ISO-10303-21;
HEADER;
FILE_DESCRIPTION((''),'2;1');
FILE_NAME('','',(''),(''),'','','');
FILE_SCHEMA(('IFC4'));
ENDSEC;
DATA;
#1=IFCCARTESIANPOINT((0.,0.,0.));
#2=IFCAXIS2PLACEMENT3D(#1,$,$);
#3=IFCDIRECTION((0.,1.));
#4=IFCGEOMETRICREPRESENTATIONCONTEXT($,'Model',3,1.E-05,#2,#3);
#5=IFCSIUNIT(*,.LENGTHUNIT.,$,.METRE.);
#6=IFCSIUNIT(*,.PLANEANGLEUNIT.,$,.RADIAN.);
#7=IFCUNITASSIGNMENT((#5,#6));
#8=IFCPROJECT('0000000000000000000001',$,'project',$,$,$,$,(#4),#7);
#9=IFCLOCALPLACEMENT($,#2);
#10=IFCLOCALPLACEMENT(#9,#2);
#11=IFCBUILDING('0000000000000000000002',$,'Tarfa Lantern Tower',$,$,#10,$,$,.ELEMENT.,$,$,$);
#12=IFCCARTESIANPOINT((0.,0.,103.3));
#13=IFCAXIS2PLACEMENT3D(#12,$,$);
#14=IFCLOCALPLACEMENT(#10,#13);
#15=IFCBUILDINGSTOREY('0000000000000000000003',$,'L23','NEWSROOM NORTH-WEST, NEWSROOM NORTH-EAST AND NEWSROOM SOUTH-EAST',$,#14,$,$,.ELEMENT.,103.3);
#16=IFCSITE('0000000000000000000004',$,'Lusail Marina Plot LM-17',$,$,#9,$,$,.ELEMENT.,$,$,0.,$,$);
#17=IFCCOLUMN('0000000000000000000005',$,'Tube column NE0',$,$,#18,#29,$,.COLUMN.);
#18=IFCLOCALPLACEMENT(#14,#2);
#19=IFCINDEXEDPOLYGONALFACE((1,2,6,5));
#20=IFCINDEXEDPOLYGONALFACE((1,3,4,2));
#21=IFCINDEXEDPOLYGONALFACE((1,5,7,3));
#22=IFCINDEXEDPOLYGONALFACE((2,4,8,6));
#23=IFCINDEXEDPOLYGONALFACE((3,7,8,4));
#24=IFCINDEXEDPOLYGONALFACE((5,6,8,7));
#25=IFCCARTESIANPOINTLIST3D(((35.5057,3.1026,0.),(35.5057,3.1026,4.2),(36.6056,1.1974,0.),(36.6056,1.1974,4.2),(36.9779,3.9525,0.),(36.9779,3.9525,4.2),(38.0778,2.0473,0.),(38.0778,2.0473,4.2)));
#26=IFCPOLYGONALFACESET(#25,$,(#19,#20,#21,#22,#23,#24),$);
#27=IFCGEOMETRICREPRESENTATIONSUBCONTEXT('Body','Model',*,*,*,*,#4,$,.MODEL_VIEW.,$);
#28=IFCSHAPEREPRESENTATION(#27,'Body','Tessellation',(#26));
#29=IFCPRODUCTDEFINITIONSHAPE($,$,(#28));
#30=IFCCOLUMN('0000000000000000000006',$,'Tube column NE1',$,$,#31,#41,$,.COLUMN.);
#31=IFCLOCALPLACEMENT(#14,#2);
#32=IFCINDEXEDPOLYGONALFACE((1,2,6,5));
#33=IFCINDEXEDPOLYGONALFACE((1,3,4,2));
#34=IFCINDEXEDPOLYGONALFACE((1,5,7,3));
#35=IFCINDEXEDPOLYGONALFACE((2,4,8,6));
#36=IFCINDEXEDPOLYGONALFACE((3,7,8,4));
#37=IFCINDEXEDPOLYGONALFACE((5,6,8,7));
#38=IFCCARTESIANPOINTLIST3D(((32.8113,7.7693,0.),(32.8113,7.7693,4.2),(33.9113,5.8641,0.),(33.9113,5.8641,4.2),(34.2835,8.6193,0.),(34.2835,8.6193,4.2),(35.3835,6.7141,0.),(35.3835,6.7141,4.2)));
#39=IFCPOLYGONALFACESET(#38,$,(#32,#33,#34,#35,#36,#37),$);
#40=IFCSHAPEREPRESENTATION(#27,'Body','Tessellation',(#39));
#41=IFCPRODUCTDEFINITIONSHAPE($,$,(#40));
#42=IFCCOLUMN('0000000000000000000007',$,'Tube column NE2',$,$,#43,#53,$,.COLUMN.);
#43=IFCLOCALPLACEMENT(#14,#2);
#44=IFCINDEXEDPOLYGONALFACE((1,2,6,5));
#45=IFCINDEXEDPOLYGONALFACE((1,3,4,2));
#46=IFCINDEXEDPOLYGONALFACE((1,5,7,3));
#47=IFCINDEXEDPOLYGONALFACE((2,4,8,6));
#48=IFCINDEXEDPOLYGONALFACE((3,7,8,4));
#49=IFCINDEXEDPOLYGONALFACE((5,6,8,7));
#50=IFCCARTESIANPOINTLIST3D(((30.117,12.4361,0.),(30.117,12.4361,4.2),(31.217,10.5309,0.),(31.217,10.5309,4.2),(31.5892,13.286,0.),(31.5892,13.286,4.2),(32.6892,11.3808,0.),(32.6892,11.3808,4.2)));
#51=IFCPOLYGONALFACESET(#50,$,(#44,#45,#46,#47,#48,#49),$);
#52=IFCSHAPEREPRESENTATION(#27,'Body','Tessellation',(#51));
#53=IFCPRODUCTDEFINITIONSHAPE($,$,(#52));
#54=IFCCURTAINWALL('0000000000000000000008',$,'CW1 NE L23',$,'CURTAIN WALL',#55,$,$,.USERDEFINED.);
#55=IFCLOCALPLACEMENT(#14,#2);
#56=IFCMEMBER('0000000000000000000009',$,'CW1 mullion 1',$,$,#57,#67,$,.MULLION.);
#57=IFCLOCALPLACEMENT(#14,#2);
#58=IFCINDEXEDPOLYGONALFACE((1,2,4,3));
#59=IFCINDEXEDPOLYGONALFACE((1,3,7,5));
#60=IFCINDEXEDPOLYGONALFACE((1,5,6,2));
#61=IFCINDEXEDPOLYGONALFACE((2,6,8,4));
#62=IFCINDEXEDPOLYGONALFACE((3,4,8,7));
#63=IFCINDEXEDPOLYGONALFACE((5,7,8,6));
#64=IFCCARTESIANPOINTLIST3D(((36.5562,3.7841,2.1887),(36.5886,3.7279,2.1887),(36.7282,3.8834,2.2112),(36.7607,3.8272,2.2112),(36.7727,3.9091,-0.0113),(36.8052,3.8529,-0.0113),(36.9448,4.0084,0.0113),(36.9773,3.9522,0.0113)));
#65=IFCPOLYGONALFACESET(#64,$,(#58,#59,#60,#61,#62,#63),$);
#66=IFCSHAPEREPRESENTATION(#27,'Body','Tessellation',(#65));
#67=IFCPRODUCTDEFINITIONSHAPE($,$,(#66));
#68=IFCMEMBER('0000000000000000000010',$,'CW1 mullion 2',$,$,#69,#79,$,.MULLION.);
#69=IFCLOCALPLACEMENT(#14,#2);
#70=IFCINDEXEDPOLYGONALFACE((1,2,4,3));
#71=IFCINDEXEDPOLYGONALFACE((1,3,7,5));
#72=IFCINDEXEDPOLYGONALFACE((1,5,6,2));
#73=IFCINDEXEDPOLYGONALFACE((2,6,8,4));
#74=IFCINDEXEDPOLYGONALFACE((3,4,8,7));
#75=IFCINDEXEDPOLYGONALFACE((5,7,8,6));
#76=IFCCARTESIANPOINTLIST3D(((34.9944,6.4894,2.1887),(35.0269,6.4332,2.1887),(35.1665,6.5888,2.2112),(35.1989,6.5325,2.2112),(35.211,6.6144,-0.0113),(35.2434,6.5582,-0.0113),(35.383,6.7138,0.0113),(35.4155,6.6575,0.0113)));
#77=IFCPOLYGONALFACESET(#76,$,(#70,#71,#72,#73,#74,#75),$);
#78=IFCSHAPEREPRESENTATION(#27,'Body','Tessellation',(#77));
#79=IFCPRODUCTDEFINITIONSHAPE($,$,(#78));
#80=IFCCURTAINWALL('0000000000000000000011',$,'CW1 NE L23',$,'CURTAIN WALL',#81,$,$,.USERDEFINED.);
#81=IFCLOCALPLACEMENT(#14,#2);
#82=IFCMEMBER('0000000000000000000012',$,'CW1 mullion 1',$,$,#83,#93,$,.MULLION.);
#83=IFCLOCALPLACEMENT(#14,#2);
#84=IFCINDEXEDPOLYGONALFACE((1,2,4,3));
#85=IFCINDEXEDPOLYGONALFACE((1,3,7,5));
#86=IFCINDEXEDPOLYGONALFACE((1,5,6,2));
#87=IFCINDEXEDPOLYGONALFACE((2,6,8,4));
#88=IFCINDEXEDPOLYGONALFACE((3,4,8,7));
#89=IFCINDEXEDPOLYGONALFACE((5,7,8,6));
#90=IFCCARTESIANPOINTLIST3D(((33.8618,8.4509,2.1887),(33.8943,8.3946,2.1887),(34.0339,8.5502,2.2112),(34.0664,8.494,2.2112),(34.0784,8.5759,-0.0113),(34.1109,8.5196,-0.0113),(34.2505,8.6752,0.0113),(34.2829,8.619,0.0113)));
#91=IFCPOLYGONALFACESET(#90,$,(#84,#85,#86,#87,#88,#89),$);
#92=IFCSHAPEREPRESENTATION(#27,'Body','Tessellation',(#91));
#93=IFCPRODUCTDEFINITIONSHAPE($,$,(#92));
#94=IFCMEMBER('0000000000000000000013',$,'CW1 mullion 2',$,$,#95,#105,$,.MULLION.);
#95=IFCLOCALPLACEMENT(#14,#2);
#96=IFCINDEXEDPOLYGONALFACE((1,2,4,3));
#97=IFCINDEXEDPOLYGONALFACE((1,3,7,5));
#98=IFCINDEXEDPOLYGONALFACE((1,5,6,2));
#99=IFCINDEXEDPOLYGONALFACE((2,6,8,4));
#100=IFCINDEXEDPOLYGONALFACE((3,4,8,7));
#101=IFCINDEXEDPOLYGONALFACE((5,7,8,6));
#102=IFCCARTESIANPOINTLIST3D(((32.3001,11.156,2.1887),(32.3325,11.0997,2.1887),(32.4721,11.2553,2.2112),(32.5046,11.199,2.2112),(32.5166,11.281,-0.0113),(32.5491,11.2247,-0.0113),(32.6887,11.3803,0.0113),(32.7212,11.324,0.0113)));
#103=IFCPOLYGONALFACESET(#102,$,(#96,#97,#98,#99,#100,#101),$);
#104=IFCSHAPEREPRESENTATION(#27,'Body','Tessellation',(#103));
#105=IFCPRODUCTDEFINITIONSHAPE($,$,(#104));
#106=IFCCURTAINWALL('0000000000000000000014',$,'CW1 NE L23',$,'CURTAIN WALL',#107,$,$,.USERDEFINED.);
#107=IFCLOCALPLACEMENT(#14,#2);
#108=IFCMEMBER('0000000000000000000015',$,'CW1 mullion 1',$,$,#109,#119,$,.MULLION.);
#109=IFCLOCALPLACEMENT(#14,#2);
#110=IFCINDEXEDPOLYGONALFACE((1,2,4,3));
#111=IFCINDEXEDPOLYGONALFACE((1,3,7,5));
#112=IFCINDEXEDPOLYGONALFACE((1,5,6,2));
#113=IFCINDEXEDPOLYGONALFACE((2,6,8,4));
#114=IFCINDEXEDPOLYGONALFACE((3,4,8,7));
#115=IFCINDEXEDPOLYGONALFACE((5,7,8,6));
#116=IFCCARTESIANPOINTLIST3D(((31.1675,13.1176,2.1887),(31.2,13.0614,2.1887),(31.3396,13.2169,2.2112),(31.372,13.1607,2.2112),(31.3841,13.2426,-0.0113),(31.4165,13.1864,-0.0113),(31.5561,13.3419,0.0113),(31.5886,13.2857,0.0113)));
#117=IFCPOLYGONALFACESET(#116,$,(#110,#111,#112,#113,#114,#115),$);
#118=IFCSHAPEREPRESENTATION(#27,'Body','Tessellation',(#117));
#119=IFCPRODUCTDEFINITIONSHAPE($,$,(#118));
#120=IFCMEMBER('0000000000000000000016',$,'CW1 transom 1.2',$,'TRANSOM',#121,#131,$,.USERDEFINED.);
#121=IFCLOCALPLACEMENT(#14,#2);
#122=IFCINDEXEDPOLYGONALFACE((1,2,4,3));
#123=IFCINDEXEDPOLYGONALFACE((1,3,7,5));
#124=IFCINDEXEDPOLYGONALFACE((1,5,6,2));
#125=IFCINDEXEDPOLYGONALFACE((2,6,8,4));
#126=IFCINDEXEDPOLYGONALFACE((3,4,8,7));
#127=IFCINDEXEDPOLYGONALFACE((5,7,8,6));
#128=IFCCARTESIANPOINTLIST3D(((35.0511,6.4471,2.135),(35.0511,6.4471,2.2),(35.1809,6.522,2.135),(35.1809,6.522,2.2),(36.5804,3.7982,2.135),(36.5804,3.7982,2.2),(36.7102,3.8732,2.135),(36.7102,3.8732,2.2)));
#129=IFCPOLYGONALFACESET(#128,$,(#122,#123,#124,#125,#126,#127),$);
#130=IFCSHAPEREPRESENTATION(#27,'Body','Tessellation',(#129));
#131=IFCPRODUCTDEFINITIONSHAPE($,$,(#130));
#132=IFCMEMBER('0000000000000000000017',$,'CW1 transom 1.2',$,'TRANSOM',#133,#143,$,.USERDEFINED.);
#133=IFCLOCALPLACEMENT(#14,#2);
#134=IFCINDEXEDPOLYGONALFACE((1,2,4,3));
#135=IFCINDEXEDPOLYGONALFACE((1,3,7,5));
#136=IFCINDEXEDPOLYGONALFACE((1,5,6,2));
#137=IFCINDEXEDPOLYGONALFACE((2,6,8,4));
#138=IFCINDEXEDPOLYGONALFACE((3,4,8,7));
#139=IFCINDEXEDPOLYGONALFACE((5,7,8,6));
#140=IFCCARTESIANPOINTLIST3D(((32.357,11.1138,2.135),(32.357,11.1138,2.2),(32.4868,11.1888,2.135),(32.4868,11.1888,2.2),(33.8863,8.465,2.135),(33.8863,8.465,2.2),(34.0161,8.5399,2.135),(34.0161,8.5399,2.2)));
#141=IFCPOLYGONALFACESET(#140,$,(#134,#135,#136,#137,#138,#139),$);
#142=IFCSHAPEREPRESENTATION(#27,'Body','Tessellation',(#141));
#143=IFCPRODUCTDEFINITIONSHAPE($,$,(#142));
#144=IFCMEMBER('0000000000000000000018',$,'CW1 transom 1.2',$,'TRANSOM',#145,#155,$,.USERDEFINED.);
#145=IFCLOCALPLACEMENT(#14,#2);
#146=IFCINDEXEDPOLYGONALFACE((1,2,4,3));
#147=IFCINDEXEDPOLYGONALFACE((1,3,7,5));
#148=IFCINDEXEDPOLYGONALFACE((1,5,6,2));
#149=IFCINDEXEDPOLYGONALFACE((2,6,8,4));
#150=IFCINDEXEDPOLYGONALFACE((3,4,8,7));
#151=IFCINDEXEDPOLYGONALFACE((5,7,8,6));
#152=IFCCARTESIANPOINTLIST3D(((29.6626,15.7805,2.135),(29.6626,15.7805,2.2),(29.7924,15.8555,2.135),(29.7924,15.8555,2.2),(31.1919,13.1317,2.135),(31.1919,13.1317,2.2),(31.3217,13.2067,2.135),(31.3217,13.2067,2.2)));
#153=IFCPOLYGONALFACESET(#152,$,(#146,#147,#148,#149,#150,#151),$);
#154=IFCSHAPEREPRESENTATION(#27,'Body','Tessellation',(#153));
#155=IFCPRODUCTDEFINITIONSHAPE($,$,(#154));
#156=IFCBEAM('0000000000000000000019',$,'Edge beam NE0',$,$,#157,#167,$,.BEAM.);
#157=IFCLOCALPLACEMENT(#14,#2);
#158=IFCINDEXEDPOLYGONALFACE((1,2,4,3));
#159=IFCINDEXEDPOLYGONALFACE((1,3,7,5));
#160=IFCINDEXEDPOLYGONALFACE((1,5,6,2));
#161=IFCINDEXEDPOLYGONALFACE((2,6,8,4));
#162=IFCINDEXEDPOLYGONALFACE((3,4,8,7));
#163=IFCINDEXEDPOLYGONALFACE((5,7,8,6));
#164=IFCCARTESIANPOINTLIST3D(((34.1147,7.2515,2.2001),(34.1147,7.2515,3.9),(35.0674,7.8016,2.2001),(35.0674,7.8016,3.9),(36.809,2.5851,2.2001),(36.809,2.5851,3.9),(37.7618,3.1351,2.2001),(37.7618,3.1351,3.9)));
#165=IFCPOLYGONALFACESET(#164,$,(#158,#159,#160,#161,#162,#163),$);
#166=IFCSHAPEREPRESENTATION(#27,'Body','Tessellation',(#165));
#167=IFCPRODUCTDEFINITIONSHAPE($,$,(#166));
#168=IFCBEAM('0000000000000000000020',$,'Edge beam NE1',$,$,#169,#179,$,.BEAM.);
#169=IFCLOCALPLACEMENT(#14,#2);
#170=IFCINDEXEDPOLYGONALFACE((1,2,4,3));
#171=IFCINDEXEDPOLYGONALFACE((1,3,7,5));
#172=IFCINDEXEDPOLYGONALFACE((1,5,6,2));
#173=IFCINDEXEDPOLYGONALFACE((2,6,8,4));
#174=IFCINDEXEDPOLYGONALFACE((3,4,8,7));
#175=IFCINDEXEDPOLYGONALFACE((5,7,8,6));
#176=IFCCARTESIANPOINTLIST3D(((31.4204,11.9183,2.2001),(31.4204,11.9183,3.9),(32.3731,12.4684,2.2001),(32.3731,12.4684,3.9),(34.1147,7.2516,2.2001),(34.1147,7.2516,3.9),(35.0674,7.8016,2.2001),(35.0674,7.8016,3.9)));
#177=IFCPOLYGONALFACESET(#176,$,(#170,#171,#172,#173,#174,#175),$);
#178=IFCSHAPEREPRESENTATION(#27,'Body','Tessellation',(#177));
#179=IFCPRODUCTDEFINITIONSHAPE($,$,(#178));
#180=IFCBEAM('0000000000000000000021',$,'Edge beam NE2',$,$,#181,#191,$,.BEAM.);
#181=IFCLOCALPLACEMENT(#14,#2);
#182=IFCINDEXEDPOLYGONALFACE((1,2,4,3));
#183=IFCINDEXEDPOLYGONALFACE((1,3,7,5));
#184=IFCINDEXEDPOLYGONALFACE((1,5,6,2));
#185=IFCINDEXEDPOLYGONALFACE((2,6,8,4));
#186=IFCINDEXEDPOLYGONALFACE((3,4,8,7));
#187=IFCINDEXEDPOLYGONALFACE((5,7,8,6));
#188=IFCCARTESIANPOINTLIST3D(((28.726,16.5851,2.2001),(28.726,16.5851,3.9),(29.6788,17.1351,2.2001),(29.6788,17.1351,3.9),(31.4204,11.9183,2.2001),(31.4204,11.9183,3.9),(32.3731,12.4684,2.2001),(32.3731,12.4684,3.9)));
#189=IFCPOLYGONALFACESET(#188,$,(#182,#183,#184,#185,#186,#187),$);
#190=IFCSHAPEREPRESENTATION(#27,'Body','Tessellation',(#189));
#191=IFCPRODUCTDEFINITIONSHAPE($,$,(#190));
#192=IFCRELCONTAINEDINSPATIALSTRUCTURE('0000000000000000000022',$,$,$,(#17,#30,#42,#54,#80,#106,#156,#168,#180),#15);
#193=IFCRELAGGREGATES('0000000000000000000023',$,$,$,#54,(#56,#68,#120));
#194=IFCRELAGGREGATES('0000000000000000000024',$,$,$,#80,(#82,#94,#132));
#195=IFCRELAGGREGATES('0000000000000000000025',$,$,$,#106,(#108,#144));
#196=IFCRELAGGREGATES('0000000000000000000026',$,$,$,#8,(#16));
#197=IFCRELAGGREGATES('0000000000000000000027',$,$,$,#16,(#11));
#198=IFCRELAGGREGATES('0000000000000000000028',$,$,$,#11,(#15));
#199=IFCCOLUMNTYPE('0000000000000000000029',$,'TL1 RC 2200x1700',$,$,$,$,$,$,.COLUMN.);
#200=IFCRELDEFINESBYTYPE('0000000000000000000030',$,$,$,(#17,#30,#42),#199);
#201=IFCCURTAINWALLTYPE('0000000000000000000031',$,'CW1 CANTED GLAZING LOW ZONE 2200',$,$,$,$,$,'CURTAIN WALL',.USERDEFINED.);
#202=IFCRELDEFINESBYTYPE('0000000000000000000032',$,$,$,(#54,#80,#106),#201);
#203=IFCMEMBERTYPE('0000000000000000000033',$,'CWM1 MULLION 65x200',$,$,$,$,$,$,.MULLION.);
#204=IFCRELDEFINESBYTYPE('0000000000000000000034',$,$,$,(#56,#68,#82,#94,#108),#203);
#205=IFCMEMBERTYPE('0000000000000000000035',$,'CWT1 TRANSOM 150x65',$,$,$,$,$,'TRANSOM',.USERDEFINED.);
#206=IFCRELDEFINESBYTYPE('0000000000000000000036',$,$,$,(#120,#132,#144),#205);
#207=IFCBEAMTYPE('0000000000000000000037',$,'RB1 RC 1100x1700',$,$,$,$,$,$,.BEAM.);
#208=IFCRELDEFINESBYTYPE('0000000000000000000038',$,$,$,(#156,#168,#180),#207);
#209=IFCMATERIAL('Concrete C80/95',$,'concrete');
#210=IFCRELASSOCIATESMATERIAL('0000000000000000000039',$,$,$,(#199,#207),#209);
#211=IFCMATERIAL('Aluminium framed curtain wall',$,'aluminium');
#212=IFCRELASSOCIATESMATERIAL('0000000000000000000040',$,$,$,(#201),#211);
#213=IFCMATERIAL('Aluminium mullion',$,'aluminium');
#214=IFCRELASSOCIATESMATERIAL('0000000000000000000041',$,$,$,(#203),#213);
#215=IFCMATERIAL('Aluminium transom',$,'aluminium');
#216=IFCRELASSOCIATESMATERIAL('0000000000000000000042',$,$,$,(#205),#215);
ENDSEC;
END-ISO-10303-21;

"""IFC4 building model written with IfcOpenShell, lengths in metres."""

from ifc_helpers import new_model, si_unit, direction, frame, origin, origin_2d, place, context, subcontext, project, spatial, rectangle, extrude, material, material_profile, profile_set, type_object, element, aggregate, save


model = new_model("IFC4")

# Units and contexts
model_context = context("Model", 3, precision=1e-05, world=origin(), true_north=direction((0.0, 1.0)))
body_context = subcontext(model_context, "Body", "Model", "MODEL_VIEW")
ifc_project = project(units=[si_unit("LENGTHUNIT", "METRE"), si_unit("PLANEANGLEUNIT", "RADIAN")], contexts=[model_context])

# Site, building, storey
site_placement = place(None, origin())
site = spatial("IfcSite", under=ifc_project, at=site_placement, Name="Lusail Marina Plot LM-17", CompositionType="ELEMENT", RefElevation=0.0)
building_placement = place(site_placement, origin())
building = spatial("IfcBuilding", under=site, at=building_placement, Name="Tarfa Lantern Tower", CompositionType="ELEMENT")
storey_placement = place(building_placement, frame((0.0, 0.0, 103.3)))
storey = spatial("IfcBuildingStorey", under=building, at=storey_placement, Name="L23", Description="NEWSROOM NORTH-WEST, NEWSROOM NORTH-EAST AND NEWSROOM SOUTH-EAST", CompositionType="ELEMENT", Elevation=103.3)

# Columns
ifc_material_1 = material(Name="Concrete C80/95", Category="concrete")
ifc_material_profile_1 = material_profile(ifc_material_1, rectangle(XDim=2.2, YDim=1.7, at=origin_2d()), Name="RC 2200x1700")
ifc_profile_set_1 = profile_set([ifc_material_profile_1], Name="Concrete C80/95")
column_type = type_object("IfcColumnType", Name="TL1 RC 2200x1700", PredefinedType="COLUMN", material=ifc_profile_set_1)
for number, where, z_axis, x_axis, name in (
    (1, (36.7917, 2.575, 0.0), (0.0, 0.0, 1.0), (-0.5, 0.866025, 0.0), "Tube column NE0"),
    (2, (34.0974, 7.2417, 0.0), (0.0, 0.0, 1.0), (-0.5, 0.866025, 0.0), "Tube column NE1"),
    (3, (31.4031, 11.9084, 0.0), (0.0, 0.0, 1.0), (-0.5, 0.866025, 0.0), "Tube column NE2"),
):
    element("IfcColumn", number, at=place(storey_placement, frame(where, z_axis=z_axis, x_axis=x_axis)), inside=storey, type_object=column_type, Name=name, PredefinedType="COLUMN", context=body_context, shape_type="SweptSolid", body=[
        extrude(rectangle(XDim=2.2, YDim=1.7, at=origin_2d()), origin(), (0.0, 0.0, 1.0), 4.2),
    ])

# Curtain walls, members
ifc_material_2 = material(Name="Aluminium framed curtain wall", Category="aluminium")
curtain_wall_type = type_object("IfcCurtainWallType", Name="CW1 CANTED GLAZING LOW ZONE 2200", ElementType="CURTAIN WALL", PredefinedType="USERDEFINED", material=ifc_material_2)
curtain_wall_1_placement = place(storey_placement, origin())
curtain_wall_1 = element("IfcCurtainWall", 4, at=curtain_wall_1_placement, inside=storey, type_object=curtain_wall_type, Name="CW1 NE L23", ObjectType="CURTAIN WALL", PredefinedType="USERDEFINED")
ifc_material_3 = material(Name="Aluminium mullion", Category="aluminium")
ifc_material_profile_2 = material_profile(ifc_material_3, rectangle(XDim=0.0649, YDim=0.2, at=origin_2d()), Name="AL MULLION 65x200")
ifc_profile_set_2 = profile_set([ifc_material_profile_2], Name="Aluminium mullion")
member_type_1 = type_object("IfcMemberType", Name="CWM1 MULLION 65x200", PredefinedType="MULLION", material=ifc_profile_set_2)
member_1_placement = place(storey_placement, frame((36.875, 3.9307, 0.0), z_axis=(-0.097806, -0.056456, 0.993603), x_axis=(0.49992, -0.866072, 0.0)))
member_1 = element("IfcMember", 5, at=member_1_placement, type_object=member_type_1, Name="CW1 mullion 1", PredefinedType="MULLION", context=body_context, shape_type="SweptSolid", body=[
    extrude(rectangle(XDim=0.0649, YDim=0.2, at=origin_2d()), origin(), (0.0, 0.0, 1.0), 2.2141),
])
member_2_placement = place(storey_placement, frame((35.3132, 6.636, 0.0), z_axis=(-0.097806, -0.056456, 0.993603), x_axis=(0.49992, -0.866072, 0.0)))
member_2 = element("IfcMember", 6, at=member_2_placement, type_object=member_type_1, Name="CW1 mullion 2", PredefinedType="MULLION", context=body_context, shape_type="SweptSolid", body=[
    extrude(rectangle(XDim=0.0649, YDim=0.2, at=origin_2d()), origin(), (0.0, 0.0, 1.0), 2.2141),
])
curtain_wall_2_placement = place(storey_placement, origin())
curtain_wall_2 = element("IfcCurtainWall", 7, at=curtain_wall_2_placement, inside=storey, type_object=curtain_wall_type, Name="CW1 NE L23", ObjectType="CURTAIN WALL", PredefinedType="USERDEFINED")
member_3_placement = place(storey_placement, frame((34.1807, 8.5974, 0.0), z_axis=(-0.097806, -0.056456, 0.993603), x_axis=(0.49992, -0.866072, 0.0)))
member_3 = element("IfcMember", 8, at=member_3_placement, type_object=member_type_1, Name="CW1 mullion 1", PredefinedType="MULLION", context=body_context, shape_type="SweptSolid", body=[
    extrude(rectangle(XDim=0.0649, YDim=0.2, at=origin_2d()), origin(), (0.0, 0.0, 1.0), 2.2141),
])
member_4_placement = place(storey_placement, frame((32.6189, 11.3025, 0.0), z_axis=(-0.097806, -0.056456, 0.993603), x_axis=(0.49992, -0.866072, 0.0)))
member_4 = element("IfcMember", 9, at=member_4_placement, type_object=member_type_1, Name="CW1 mullion 2", PredefinedType="MULLION", context=body_context, shape_type="SweptSolid", body=[
    extrude(rectangle(XDim=0.0649, YDim=0.2, at=origin_2d()), origin(), (0.0, 0.0, 1.0), 2.2141),
])

# Curtain wall, member
curtain_wall_3_placement = place(storey_placement, origin())
curtain_wall_3 = element("IfcCurtainWall", 10, at=curtain_wall_3_placement, inside=storey, type_object=curtain_wall_type, Name="CW1 NE L23", ObjectType="CURTAIN WALL", PredefinedType="USERDEFINED")
member_5_placement = place(storey_placement, frame((31.4863, 13.2642, 0.0), z_axis=(-0.097806, -0.056456, 0.993603), x_axis=(0.49992, -0.866072, 0.0)))
member_5 = element("IfcMember", 11, at=member_5_placement, type_object=member_type_1, Name="CW1 mullion 1", PredefinedType="MULLION", context=body_context, shape_type="SweptSolid", body=[
    extrude(rectangle(XDim=0.0649, YDim=0.2, at=origin_2d()), origin(), (0.0, 0.0, 1.0), 2.2141),
])

# Members
ifc_material_4 = material(Name="Aluminium transom", Category="aluminium")
ifc_material_profile_3 = material_profile(ifc_material_4, rectangle(XDim=0.1499, YDim=0.0649, at=origin_2d()), Name="AL TRANSOM 150x65")
ifc_profile_set_3 = profile_set([ifc_material_profile_3], Name="Aluminium transom")
member_type_2 = type_object("IfcMemberType", Name="CWT1 TRANSOM 150x65", ElementType="TRANSOM", PredefinedType="USERDEFINED", material=ifc_profile_set_3)
member_6_placement = place(storey_placement, frame((36.6453, 3.8357, 2.1675), z_axis=(-0.499985, 0.866034, 0.0), x_axis=(-0.866034, -0.499985, 0.0)))
member_6 = element("IfcMember", 12, at=member_6_placement, type_object=member_type_2, Name="CW1 transom 1.2", ObjectType="TRANSOM", PredefinedType="USERDEFINED", context=body_context, shape_type="SweptSolid", body=[
    extrude(rectangle(XDim=0.1499, YDim=0.0649, at=origin_2d()), origin(), (0.0, 0.0, 1.0), 3.0586),
])
member_7_placement = place(storey_placement, frame((33.9512, 8.5024, 2.1675), z_axis=(-0.499985, 0.866034, 0.0), x_axis=(-0.866034, -0.499985, 0.0)))
member_7 = element("IfcMember", 13, at=member_7_placement, type_object=member_type_2, Name="CW1 transom 1.2", ObjectType="TRANSOM", PredefinedType="USERDEFINED", context=body_context, shape_type="SweptSolid", body=[
    extrude(rectangle(XDim=0.1499, YDim=0.0649, at=origin_2d()), origin(), (0.0, 0.0, 1.0), 3.0586),
])
member_8_placement = place(storey_placement, frame((31.2568, 13.1692, 2.1675), z_axis=(-0.50002, 0.866014, 0.0), x_axis=(-0.866014, -0.50002, 0.0)))
member_8 = element("IfcMember", 14, at=member_8_placement, type_object=member_type_2, Name="CW1 transom 1.2", ObjectType="TRANSOM", PredefinedType="USERDEFINED", context=body_context, shape_type="SweptSolid", body=[
    extrude(rectangle(XDim=0.1499, YDim=0.0649, at=origin_2d()), origin(), (0.0, 0.0, 1.0), 3.0586),
])

# Beams
ifc_material_profile_4 = material_profile(ifc_material_1, rectangle(XDim=1.1001, YDim=1.7, at=origin_2d()), Name="RC 1100x1700")
ifc_profile_set_4 = profile_set([ifc_material_profile_4], Name="Concrete C80/95")
beam_type_1 = type_object("IfcBeamType", Name="RB1 RC 1100x1700", PredefinedType="BEAM", material=ifc_profile_set_4)
beam_1_placement = place(storey_placement, frame((37.2854, 2.8601, 3.05), z_axis=(-0.500018, 0.866015, 0.0), x_axis=(-0.866015, -0.500018, 0.0)))
element("IfcBeam", 15, at=beam_1_placement, inside=storey, type_object=beam_type_1, Name="Edge beam NE0", PredefinedType="BEAM", context=body_context, shape_type="SweptSolid", body=[
    extrude(rectangle(XDim=1.1001, YDim=1.7, at=origin_2d()), origin(), (0.0, 0.0, 1.0), 5.3884),
])
for number, where, z_axis, x_axis, name in (
    (16, (34.5911, 7.5266, 3.05), (-0.499998, 0.866026, 0.0), (-0.866026, -0.499998, 0.0), "Edge beam NE1"),
    (17, (31.8967, 12.1934, 3.05), (-0.499998, 0.866026, 0.0), (-0.866026, -0.499998, 0.0), "Edge beam NE2"),
):
    element("IfcBeam", number, at=place(storey_placement, frame(where, z_axis=z_axis, x_axis=x_axis)), inside=storey, type_object=beam_type_1, Name=name, PredefinedType="BEAM", context=body_context, shape_type="SweptSolid", body=[
        extrude(rectangle(XDim=1.1001, YDim=1.7, at=origin_2d()), origin(), (0.0, 0.0, 1.0), 5.3887),
    ])

aggregate(curtain_wall_1, [member_1, member_2, member_6])
aggregate(curtain_wall_2, [member_3, member_4, member_7])
aggregate(curtain_wall_3, [member_5, member_8])

save(model, "model.ifc")
